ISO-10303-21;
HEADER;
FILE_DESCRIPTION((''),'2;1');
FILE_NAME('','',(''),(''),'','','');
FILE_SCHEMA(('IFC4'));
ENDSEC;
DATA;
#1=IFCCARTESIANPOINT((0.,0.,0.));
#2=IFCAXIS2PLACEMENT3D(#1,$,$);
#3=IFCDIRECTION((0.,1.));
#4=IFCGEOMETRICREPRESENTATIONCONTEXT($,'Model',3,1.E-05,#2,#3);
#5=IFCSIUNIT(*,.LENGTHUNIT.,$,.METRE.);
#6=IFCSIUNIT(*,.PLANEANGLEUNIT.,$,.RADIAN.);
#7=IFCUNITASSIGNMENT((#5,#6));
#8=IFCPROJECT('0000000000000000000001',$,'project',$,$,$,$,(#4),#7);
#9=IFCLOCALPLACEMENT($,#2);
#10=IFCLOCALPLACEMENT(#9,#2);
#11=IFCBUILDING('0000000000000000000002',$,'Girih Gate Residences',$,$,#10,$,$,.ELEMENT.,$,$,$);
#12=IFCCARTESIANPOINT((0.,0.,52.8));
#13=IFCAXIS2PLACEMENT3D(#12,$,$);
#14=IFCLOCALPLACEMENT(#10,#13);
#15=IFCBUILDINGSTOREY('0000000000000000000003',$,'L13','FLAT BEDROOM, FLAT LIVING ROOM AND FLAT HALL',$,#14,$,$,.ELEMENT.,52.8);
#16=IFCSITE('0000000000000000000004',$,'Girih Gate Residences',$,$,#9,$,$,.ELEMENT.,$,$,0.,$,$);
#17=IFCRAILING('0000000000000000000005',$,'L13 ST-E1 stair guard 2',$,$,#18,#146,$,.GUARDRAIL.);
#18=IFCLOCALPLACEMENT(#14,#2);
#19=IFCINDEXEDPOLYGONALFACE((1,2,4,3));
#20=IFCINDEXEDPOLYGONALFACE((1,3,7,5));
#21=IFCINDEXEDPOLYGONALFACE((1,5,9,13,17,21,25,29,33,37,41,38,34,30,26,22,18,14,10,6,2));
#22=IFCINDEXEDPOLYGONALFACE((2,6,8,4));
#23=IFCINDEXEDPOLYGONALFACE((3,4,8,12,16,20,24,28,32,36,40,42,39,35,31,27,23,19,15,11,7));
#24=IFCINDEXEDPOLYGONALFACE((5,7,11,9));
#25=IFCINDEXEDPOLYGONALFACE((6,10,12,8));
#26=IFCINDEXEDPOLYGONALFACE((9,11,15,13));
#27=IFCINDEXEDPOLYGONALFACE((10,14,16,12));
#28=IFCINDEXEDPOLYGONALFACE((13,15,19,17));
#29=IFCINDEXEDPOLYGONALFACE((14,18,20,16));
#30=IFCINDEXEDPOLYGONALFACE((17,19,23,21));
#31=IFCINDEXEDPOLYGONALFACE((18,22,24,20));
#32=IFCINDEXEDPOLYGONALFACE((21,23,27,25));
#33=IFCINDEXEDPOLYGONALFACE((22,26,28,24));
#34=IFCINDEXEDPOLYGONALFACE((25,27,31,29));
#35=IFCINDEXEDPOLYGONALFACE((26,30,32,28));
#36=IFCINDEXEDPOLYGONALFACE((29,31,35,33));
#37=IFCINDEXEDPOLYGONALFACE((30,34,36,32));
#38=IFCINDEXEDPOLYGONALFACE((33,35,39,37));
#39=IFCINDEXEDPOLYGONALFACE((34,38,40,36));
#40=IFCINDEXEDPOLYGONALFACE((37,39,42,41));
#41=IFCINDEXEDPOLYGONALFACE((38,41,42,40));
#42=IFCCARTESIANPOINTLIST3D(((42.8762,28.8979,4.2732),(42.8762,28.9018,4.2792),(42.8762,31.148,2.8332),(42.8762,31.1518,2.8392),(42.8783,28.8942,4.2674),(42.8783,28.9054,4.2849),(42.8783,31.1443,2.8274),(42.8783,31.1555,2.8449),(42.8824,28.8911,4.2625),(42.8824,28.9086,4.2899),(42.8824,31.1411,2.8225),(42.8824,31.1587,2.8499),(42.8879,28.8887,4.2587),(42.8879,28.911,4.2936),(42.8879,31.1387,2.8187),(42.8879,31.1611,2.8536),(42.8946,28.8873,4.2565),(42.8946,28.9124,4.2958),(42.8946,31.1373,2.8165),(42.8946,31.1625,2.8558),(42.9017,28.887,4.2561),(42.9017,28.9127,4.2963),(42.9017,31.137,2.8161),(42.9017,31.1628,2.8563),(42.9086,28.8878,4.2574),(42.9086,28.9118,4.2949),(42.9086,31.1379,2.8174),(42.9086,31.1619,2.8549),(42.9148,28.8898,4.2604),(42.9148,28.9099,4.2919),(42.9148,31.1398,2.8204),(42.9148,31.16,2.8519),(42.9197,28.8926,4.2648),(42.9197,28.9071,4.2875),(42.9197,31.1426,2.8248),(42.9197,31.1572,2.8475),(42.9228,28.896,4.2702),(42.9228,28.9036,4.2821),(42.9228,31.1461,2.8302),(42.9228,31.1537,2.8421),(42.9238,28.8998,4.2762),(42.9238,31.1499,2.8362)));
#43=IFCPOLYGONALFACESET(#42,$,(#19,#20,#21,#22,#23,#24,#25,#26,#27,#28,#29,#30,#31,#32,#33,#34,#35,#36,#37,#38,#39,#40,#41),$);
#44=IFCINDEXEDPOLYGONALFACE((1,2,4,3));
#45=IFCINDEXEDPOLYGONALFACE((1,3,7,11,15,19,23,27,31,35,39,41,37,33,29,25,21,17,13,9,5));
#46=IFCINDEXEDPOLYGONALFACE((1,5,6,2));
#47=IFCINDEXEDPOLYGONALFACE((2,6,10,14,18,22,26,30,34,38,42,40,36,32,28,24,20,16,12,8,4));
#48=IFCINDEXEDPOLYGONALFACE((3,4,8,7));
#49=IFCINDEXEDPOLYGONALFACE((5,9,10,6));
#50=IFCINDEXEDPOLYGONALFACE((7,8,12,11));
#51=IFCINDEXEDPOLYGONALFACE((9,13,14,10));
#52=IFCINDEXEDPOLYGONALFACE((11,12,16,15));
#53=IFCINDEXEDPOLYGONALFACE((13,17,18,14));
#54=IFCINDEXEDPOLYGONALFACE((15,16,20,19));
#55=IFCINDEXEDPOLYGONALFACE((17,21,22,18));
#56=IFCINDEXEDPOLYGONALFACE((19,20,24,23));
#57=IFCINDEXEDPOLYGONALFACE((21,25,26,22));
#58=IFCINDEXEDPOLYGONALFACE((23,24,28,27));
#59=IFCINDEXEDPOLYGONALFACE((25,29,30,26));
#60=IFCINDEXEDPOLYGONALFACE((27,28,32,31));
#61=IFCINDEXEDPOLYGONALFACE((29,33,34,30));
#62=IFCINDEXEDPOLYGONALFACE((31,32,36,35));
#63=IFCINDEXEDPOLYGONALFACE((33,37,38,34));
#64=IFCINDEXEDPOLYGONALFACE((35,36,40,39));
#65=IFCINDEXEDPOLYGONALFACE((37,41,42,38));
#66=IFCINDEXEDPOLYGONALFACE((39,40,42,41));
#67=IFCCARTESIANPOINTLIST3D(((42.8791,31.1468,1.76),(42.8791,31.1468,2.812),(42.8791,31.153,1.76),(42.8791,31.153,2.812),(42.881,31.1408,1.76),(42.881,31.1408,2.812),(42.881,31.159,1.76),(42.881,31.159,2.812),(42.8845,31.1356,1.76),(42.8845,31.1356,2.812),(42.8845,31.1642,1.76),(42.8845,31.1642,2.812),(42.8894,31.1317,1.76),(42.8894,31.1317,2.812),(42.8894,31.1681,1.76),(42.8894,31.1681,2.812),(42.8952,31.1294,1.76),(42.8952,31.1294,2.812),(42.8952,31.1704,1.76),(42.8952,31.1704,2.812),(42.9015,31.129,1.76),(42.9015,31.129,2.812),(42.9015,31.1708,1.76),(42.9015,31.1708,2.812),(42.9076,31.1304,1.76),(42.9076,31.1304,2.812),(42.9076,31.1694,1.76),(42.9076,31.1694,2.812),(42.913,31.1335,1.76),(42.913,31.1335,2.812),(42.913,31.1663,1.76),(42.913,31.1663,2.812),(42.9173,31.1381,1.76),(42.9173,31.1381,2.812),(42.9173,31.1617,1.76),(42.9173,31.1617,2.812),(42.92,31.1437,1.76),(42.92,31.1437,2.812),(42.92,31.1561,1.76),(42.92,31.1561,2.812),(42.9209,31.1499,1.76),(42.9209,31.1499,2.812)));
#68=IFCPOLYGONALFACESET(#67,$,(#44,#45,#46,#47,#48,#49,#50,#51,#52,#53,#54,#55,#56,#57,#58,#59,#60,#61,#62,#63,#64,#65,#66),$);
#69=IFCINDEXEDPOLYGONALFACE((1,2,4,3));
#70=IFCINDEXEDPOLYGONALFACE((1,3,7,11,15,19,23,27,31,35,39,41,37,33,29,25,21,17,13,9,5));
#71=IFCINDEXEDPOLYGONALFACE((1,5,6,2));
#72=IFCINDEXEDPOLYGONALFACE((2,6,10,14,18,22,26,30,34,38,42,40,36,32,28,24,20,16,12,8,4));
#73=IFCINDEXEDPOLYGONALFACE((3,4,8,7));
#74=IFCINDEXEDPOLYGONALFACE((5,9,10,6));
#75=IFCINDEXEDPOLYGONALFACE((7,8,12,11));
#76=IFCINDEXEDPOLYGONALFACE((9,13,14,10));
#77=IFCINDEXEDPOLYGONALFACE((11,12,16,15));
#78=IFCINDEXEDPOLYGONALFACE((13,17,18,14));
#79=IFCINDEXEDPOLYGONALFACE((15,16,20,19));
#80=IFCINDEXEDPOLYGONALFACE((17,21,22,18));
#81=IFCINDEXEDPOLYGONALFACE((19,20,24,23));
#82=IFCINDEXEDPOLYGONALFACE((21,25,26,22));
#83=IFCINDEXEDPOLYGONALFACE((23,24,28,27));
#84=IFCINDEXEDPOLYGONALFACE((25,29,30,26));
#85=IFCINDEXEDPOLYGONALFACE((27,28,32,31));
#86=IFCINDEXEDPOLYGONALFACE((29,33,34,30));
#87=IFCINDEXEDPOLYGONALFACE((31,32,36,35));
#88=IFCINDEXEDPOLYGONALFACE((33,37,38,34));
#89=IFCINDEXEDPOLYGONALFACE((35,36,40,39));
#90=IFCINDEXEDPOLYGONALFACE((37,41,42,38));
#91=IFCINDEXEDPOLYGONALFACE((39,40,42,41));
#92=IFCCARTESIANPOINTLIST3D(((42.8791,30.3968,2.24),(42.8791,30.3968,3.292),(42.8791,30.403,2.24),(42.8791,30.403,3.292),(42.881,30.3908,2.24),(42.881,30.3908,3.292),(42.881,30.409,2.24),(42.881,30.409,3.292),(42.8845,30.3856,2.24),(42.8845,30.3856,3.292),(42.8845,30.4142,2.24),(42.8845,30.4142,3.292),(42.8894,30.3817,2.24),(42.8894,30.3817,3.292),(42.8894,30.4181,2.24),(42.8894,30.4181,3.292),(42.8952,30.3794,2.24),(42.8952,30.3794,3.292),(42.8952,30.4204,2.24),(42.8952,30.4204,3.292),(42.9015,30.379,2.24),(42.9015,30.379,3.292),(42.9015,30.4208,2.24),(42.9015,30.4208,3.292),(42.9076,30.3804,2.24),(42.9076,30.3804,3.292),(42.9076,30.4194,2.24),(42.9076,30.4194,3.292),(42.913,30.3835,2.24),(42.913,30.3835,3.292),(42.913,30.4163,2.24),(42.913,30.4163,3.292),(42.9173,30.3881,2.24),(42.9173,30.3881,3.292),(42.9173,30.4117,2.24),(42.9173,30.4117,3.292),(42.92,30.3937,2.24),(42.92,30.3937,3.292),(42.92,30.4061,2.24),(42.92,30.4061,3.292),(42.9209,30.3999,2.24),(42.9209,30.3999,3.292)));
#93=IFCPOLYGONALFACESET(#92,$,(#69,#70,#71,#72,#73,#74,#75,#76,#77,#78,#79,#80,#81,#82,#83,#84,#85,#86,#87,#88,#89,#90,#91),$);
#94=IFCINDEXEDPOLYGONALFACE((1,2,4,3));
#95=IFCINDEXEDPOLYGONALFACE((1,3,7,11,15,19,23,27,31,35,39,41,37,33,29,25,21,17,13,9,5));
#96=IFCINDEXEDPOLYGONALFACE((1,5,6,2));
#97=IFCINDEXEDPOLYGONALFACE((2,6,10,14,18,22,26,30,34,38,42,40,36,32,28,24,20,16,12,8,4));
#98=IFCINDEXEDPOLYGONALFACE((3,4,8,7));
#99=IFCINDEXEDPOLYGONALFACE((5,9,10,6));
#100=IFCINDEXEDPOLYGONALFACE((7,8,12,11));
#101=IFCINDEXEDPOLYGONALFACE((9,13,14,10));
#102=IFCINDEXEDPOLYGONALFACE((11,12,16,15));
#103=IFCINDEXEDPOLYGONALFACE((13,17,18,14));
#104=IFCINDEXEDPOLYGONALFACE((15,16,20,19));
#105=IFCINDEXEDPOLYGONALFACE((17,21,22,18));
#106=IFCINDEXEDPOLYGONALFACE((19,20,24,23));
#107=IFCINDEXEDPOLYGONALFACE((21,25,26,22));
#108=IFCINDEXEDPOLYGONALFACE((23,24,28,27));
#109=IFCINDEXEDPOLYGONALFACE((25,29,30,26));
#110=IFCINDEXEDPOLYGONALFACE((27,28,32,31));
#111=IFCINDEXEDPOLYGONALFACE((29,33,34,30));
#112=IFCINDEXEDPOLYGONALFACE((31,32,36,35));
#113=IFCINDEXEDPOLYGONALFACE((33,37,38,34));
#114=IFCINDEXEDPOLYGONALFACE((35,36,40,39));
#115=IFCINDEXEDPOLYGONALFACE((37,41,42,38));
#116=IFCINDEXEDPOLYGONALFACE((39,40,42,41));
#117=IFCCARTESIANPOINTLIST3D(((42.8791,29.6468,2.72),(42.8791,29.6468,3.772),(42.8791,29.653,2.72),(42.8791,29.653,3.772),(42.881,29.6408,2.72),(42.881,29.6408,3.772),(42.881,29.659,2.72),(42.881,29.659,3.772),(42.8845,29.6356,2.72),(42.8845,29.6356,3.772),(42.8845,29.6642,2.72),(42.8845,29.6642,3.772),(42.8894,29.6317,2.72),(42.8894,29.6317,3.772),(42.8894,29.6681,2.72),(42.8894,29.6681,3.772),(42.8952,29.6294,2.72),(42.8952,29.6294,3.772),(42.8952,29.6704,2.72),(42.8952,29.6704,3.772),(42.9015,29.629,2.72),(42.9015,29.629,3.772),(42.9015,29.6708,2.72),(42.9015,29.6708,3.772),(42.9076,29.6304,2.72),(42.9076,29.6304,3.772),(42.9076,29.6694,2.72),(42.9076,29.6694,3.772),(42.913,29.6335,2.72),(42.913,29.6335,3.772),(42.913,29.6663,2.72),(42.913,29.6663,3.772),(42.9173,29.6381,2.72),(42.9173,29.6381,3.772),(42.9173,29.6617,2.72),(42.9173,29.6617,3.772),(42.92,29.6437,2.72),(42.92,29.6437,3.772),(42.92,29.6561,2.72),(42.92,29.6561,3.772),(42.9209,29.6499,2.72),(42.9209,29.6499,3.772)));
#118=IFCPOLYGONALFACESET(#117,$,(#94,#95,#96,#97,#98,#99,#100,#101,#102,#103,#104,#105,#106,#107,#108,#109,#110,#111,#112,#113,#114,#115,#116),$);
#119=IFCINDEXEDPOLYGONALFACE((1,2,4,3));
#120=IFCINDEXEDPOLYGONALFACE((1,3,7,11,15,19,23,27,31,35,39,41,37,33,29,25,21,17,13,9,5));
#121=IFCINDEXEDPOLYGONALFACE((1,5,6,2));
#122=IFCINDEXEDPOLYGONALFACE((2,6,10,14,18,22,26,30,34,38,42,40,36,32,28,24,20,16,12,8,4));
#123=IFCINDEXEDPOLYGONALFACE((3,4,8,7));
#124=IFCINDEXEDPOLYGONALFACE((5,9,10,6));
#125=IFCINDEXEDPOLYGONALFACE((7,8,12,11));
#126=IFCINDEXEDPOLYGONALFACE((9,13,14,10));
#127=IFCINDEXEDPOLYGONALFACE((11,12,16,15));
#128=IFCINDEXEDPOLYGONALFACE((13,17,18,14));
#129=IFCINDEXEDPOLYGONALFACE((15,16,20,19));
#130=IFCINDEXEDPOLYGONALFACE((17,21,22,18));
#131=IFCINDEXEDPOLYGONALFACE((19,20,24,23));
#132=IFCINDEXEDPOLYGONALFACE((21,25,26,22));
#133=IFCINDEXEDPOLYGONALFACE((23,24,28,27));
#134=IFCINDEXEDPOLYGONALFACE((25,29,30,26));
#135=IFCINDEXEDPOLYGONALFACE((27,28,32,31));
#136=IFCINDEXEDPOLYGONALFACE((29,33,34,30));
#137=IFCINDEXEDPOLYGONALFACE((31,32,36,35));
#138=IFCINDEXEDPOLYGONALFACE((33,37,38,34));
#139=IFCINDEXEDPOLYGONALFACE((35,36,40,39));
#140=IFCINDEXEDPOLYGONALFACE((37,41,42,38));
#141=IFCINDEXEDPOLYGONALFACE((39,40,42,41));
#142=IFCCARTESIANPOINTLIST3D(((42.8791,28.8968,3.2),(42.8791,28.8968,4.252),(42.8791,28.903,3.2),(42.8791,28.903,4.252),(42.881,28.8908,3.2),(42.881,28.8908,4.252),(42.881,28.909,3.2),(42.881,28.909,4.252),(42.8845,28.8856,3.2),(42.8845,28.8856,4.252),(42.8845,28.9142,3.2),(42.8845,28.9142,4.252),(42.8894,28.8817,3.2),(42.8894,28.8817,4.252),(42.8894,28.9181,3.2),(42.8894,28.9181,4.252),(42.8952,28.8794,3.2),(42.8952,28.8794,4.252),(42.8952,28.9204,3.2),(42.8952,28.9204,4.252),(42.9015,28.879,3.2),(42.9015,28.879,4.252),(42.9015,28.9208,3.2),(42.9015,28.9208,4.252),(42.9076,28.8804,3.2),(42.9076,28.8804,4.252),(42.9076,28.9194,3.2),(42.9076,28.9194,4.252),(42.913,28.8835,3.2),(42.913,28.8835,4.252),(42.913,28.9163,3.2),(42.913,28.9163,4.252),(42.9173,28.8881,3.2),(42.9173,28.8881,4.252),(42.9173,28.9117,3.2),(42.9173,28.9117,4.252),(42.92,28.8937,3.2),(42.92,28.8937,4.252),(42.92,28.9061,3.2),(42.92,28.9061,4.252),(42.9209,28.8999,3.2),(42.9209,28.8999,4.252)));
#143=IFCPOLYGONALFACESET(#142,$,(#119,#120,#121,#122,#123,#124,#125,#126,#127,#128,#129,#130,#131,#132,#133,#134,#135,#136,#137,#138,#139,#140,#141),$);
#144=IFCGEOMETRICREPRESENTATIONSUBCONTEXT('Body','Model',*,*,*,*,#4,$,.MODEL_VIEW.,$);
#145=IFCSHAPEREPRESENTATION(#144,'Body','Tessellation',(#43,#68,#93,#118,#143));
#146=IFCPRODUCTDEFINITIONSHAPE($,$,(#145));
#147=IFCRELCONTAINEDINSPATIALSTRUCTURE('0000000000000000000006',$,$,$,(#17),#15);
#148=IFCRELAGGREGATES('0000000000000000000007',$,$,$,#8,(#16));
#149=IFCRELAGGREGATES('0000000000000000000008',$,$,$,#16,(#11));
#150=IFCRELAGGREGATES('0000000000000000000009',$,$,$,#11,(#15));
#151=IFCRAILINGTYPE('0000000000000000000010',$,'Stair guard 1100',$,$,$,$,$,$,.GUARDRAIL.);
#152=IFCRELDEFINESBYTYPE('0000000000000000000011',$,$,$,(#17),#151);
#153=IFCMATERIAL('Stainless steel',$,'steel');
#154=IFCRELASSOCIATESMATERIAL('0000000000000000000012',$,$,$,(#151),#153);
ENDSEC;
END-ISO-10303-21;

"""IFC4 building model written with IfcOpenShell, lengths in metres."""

from ifc_helpers import new_model, si_unit, direction, frame, origin, origin_2d, place, context, subcontext, project, spatial, circle, extrude, material, type_object, element, save


model = new_model("IFC4")

# Units and contexts
model_context = context("Model", 3, precision=1e-05, world=origin(), true_north=direction((0.0, 1.0)))
body_context = subcontext(model_context, "Body", "Model", "MODEL_VIEW")
ifc_project = project(units=[si_unit("LENGTHUNIT", "METRE"), si_unit("PLANEANGLEUNIT", "RADIAN")], contexts=[model_context])

# Site, building, storey
site_placement = place(None, origin())
site = spatial("IfcSite", under=ifc_project, at=site_placement, Name="Girih Gate Residences", CompositionType="ELEMENT", RefElevation=0.0)
building_placement = place(site_placement, origin())
building = spatial("IfcBuilding", under=site, at=building_placement, Name="Girih Gate Residences", CompositionType="ELEMENT")
storey_placement = place(building_placement, frame((0.0, 0.0, 52.8)))
storey = spatial("IfcBuildingStorey", under=building, at=storey_placement, Name="L13", Description="FLAT BEDROOM, FLAT LIVING ROOM AND FLAT HALL", CompositionType="ELEMENT", Elevation=52.8)

# Railing
ifc_material_1 = material(Name="Stainless steel", Category="steel")
railing_type_1 = type_object("IfcRailingType", Name="Stair guard 1100", PredefinedType="GUARDRAIL", material=ifc_material_1)
railing_1_placement = place(storey_placement, frame((42.8999, 31.1499, 1.76)))
element("IfcRailing", 1, at=railing_1_placement, inside=storey, type_object=railing_type_1, Name="L13 ST-E1 stair guard 2", PredefinedType="GUARDRAIL", context=body_context, shape_type="SweptSolid", body=[
    extrude(circle(Radius=0.0239, at=origin_2d()), frame((0.0, 0.0, 1.0762), z_axis=(0.0, -0.842281, 0.539038), x_axis=(1.0, 0.0, 0.0)), (0.0, 0.0, 1.0), 2.6714),
    extrude(circle(Radius=0.021, at=origin_2d()), origin(), (0.0, 0.0, 1.0), 1.052),
    extrude(circle(Radius=0.021, at=origin_2d()), frame((0.0, -0.75, 0.48)), (0.0, 0.0, 1.0), 1.052),
    extrude(circle(Radius=0.021, at=origin_2d()), frame((0.0, -1.5, 0.96)), (0.0, 0.0, 1.0), 1.052),
    extrude(circle(Radius=0.021, at=origin_2d()), frame((0.0, -2.25, 1.4399)), (0.0, 0.0, 1.0), 1.052),
])

save(model, "model.ifc")
